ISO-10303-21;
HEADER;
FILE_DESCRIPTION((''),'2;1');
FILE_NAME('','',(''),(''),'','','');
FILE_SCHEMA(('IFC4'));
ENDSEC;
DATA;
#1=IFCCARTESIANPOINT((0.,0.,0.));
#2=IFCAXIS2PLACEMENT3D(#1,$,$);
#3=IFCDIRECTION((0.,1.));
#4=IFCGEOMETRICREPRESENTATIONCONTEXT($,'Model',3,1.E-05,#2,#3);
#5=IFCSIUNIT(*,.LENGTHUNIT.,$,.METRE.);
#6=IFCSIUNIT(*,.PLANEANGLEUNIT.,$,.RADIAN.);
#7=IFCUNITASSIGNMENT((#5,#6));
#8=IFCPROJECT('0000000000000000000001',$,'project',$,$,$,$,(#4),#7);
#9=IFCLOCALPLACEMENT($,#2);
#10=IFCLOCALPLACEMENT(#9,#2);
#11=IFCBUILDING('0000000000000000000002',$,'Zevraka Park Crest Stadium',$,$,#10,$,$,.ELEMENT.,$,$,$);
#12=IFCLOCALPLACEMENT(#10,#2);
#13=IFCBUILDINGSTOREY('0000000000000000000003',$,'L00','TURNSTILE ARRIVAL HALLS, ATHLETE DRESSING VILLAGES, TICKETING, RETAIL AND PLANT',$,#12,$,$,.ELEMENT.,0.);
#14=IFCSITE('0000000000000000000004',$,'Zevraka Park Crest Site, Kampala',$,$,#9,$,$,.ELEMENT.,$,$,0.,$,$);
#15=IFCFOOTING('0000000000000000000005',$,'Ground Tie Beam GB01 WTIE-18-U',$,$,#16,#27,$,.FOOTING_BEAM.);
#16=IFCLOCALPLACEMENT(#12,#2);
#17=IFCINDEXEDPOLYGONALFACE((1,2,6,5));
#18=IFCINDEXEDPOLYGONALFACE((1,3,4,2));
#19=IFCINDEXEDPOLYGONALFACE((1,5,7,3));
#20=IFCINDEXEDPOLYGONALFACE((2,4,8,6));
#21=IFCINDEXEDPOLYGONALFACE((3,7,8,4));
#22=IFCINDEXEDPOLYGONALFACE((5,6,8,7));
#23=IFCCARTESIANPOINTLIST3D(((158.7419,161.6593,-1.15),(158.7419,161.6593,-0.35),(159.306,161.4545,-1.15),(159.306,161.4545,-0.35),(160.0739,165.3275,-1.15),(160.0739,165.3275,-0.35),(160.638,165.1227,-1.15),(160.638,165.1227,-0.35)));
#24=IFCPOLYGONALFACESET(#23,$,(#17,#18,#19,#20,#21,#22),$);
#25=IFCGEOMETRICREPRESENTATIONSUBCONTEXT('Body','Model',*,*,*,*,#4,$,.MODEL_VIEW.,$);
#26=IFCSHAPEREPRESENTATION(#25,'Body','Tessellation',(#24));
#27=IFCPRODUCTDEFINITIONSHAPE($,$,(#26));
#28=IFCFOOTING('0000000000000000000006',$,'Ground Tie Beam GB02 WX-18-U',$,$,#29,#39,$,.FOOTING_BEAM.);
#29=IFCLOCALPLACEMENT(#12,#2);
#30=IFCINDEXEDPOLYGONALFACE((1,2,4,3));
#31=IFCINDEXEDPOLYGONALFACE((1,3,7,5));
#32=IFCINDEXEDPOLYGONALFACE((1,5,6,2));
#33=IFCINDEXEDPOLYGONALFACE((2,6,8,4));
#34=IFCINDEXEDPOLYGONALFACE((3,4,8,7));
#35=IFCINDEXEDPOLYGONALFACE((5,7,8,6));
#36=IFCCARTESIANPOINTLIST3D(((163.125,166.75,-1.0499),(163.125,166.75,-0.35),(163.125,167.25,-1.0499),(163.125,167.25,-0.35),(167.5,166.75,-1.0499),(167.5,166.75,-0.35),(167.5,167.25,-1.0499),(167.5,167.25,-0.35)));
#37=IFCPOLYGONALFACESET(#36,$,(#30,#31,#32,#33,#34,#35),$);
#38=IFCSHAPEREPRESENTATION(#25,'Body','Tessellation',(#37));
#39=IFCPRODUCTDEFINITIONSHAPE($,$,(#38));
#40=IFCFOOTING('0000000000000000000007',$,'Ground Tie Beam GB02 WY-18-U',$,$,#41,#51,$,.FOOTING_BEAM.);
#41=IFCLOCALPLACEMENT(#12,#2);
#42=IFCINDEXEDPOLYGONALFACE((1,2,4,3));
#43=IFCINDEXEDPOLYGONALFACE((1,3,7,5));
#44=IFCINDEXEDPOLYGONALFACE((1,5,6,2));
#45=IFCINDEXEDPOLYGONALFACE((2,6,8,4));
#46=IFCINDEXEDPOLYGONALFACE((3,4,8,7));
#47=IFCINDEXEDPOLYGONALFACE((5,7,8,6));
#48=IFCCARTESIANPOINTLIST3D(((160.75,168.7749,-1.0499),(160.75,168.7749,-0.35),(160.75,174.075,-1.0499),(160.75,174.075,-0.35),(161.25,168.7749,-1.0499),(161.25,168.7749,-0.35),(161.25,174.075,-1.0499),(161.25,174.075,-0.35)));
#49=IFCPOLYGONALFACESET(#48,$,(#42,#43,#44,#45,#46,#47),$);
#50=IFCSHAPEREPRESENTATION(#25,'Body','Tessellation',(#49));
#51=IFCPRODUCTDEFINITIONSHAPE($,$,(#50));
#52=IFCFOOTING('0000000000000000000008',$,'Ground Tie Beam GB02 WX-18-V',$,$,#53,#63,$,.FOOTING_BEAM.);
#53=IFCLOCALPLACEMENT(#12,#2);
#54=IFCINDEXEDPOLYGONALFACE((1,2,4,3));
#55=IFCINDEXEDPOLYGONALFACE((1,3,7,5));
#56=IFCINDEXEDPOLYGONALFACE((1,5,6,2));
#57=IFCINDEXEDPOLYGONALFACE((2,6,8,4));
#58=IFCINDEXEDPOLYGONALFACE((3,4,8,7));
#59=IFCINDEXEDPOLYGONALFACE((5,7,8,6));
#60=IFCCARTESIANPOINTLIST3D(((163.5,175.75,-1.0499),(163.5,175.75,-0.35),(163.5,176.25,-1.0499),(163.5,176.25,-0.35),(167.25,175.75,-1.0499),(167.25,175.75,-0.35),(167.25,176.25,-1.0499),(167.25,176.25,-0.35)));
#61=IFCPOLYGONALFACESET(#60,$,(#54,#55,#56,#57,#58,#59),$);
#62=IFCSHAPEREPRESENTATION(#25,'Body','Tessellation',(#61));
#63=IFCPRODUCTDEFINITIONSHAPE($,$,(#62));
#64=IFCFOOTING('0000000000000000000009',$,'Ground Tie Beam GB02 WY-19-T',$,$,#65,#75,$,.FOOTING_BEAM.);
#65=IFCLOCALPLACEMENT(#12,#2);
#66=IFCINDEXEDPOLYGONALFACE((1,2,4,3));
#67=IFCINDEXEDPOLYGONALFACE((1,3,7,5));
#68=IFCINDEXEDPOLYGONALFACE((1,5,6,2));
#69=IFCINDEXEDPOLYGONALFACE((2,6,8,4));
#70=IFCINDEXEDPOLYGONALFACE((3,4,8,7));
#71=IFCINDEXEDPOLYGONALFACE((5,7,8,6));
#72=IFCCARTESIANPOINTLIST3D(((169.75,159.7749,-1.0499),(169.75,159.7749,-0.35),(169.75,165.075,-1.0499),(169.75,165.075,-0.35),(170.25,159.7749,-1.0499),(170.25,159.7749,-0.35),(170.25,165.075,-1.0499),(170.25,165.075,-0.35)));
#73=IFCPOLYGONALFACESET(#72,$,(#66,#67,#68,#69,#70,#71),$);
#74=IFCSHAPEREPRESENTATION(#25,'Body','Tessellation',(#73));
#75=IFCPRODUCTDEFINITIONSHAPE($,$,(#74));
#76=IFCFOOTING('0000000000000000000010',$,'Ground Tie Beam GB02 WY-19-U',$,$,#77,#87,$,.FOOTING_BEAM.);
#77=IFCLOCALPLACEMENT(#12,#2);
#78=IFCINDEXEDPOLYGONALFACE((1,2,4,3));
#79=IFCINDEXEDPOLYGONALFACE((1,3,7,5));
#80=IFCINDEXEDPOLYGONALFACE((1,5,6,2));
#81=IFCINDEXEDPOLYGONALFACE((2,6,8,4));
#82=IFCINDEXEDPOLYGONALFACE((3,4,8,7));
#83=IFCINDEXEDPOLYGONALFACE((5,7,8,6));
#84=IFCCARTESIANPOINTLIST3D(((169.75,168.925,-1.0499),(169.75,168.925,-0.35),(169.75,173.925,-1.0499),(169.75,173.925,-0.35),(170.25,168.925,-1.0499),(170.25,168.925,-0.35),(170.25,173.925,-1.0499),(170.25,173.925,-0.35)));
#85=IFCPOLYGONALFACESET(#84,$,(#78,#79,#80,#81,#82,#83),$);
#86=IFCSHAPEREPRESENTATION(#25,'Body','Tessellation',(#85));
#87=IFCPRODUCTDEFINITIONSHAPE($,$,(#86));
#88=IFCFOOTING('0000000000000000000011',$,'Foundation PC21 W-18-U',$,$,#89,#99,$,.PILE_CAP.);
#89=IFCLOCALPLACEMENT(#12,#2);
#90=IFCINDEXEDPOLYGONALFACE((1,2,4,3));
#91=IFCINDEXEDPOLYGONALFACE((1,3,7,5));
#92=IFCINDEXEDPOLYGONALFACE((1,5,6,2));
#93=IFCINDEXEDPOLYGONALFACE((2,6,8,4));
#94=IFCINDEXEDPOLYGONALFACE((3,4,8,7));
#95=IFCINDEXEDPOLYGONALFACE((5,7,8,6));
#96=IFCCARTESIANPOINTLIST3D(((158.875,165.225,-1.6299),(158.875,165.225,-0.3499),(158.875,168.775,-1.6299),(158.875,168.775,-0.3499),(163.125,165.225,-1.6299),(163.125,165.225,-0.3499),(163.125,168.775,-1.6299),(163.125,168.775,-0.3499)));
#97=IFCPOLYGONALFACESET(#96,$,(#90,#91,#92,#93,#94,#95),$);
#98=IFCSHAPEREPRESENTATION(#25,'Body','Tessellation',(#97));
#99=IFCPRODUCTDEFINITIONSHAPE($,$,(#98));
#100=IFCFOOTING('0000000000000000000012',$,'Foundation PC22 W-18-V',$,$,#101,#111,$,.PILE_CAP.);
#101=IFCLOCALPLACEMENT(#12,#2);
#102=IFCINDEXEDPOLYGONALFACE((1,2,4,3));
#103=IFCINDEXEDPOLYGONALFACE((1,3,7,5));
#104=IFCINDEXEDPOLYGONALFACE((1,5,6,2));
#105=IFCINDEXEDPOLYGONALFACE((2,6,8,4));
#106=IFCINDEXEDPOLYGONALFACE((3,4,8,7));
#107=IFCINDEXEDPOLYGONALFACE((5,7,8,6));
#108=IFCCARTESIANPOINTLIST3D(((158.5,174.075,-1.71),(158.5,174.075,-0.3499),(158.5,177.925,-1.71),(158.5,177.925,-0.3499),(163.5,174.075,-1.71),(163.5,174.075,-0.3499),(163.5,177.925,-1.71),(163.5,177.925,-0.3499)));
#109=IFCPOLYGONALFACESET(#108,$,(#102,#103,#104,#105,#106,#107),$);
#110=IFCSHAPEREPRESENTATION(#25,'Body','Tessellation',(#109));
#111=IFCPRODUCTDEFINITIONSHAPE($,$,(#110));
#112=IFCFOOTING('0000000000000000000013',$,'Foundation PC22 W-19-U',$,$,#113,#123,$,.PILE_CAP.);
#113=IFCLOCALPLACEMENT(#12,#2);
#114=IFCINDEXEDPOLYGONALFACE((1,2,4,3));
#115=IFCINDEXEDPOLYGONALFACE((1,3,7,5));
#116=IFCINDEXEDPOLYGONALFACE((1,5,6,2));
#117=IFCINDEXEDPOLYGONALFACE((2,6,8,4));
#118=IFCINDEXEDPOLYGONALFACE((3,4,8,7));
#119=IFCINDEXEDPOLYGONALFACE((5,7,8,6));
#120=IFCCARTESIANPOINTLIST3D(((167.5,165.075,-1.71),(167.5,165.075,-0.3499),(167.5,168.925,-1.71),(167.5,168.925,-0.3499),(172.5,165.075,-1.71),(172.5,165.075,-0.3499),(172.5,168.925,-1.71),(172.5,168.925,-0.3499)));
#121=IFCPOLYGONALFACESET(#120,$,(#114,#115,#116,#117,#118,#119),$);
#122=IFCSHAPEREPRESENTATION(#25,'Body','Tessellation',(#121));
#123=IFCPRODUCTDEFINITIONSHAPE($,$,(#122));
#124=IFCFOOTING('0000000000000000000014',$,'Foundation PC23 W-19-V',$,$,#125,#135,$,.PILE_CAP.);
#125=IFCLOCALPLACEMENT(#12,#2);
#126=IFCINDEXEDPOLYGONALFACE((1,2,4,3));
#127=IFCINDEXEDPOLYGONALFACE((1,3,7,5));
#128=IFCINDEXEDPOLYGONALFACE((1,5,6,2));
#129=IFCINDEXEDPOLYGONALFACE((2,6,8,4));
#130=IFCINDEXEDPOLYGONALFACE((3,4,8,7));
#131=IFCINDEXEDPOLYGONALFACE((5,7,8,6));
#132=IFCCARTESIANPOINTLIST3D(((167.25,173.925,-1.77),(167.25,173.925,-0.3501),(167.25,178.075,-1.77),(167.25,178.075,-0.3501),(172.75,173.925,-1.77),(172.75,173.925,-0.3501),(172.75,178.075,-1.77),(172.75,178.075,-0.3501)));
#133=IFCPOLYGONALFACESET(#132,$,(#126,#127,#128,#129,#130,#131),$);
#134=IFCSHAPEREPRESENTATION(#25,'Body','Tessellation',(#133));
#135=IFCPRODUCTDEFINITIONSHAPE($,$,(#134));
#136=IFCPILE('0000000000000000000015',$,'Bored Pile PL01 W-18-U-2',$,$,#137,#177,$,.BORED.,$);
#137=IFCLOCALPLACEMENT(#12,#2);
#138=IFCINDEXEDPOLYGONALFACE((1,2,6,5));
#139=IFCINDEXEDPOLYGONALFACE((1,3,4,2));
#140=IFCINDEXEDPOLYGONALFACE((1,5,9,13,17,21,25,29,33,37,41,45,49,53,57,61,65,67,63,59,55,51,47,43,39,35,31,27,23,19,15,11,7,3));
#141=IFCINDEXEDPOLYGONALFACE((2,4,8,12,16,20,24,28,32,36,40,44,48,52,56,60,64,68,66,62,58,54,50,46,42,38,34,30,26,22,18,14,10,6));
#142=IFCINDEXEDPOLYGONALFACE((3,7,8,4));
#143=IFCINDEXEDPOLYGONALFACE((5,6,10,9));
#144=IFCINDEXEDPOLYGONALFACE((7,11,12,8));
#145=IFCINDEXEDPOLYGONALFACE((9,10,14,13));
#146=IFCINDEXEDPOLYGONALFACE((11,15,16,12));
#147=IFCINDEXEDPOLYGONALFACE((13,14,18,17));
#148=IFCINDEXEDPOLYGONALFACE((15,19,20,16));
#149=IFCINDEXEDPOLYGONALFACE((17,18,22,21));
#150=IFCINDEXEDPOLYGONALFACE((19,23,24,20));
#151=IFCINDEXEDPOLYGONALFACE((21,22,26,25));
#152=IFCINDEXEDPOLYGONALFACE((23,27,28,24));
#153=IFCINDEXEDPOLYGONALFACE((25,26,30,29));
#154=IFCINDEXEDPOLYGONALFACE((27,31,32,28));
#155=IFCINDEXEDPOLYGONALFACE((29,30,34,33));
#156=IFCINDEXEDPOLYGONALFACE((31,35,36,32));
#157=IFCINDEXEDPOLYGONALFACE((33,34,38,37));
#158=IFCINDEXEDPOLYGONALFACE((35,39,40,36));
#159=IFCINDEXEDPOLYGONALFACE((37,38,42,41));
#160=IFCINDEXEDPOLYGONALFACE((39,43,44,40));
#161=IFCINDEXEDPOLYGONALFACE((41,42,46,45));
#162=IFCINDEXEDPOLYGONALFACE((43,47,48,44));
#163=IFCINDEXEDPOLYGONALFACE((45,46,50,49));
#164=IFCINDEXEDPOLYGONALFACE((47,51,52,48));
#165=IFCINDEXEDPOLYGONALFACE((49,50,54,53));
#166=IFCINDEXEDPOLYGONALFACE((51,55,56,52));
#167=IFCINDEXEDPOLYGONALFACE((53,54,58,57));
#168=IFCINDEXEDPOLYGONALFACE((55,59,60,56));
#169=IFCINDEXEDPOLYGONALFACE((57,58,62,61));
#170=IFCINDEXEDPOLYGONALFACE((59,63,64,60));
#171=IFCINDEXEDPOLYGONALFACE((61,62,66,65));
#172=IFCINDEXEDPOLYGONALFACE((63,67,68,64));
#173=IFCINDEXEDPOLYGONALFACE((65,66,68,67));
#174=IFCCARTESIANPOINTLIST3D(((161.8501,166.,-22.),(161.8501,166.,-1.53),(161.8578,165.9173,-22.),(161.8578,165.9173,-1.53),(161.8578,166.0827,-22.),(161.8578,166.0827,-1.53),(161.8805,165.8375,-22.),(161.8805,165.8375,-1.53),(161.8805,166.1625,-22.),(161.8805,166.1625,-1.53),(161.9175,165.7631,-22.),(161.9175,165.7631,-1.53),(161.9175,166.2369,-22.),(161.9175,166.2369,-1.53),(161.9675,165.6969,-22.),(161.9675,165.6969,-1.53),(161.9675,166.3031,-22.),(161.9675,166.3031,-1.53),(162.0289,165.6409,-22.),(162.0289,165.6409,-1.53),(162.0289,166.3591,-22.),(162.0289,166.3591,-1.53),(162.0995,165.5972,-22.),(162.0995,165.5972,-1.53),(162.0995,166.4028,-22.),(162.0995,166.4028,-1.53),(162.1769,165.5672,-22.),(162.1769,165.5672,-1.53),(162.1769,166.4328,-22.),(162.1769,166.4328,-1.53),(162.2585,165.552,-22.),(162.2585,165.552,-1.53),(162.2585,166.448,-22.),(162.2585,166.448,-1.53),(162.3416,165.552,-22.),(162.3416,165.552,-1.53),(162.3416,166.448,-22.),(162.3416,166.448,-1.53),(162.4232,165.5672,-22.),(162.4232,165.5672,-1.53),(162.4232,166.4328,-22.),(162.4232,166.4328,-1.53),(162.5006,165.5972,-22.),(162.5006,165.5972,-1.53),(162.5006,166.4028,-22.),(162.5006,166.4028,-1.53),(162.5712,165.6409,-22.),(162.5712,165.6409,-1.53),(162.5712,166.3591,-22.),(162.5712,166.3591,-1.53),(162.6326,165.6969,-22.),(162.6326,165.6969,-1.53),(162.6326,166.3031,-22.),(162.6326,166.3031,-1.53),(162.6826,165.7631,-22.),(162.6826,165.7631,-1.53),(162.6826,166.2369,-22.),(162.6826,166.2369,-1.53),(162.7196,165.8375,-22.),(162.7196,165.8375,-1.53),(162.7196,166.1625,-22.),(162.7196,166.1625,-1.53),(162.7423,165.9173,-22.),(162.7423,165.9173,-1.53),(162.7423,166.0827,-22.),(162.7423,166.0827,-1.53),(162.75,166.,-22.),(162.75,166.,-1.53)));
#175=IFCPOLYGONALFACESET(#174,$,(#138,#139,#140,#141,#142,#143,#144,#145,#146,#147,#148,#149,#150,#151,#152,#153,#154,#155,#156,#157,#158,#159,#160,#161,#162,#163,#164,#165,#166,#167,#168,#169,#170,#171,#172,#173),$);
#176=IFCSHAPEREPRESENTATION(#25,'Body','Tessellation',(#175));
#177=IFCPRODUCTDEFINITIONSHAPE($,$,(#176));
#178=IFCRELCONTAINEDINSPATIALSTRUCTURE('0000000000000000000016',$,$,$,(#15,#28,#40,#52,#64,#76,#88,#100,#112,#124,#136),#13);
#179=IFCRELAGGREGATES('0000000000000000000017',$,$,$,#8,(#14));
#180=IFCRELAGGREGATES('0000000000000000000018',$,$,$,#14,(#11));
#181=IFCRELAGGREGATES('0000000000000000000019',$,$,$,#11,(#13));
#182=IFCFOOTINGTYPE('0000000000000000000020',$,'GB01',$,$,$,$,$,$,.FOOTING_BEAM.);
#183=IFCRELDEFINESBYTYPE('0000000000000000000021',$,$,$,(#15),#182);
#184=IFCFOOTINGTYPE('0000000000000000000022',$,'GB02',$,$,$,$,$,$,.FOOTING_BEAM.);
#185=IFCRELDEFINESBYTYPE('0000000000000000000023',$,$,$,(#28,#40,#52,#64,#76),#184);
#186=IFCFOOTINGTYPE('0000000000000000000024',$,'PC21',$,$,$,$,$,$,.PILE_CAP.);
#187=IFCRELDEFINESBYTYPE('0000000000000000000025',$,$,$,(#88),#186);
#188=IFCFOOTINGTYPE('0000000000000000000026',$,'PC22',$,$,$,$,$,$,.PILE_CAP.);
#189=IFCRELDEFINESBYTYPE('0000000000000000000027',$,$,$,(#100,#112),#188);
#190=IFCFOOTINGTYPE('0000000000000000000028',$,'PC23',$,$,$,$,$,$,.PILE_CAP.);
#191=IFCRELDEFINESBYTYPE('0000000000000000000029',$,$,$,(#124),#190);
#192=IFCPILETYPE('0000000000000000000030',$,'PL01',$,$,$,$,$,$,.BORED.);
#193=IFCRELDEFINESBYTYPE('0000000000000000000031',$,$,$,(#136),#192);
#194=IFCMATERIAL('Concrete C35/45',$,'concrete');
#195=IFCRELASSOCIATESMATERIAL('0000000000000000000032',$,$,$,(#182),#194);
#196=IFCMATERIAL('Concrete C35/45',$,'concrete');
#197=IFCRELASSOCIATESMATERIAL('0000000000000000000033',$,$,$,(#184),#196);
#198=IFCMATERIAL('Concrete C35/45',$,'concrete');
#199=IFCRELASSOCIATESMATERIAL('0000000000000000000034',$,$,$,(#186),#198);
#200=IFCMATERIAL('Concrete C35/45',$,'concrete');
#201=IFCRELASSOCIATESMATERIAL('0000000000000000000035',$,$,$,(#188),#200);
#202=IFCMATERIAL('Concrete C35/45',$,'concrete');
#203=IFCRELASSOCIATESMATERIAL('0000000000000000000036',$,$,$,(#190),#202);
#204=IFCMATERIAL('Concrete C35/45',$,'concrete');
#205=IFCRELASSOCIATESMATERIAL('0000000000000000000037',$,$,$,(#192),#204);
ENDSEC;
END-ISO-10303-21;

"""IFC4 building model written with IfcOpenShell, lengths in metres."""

from ifc_helpers import new_model, si_unit, direction, frame, origin, origin_2d, place, context, subcontext, project, spatial, rectangle, circle, extrude, material, material_profile, profile_set, type_object, element, save


model = new_model("IFC4")

# Units and contexts
model_context = context("Model", 3, precision=1e-05, world=origin(), true_north=direction((0.0, 1.0)))
body_context = subcontext(model_context, "Body", "Model", "MODEL_VIEW")
ifc_project = project(units=[si_unit("LENGTHUNIT", "METRE"), si_unit("PLANEANGLEUNIT", "RADIAN")], contexts=[model_context])

# Site, building, storey
site_placement = place(None, origin())
site = spatial("IfcSite", under=ifc_project, at=site_placement, Name="Zevraka Park Crest Site, Kampala", CompositionType="ELEMENT", RefElevation=0.0)
building_placement = place(site_placement, origin())
building = spatial("IfcBuilding", under=site, at=building_placement, Name="Zevraka Park Crest Stadium", CompositionType="ELEMENT")
storey_placement = place(building_placement, origin())
storey = spatial("IfcBuildingStorey", under=building, at=storey_placement, Name="L00", Description="TURNSTILE ARRIVAL HALLS, ATHLETE DRESSING VILLAGES, TICKETING, RETAIL AND PLANT", CompositionType="ELEMENT", Elevation=0.0)

# Footings
ifc_material_1 = material(Name="Concrete C35/45", Category="concrete")
ifc_material_profile_1 = material_profile(ifc_material_1, rectangle(XDim=0.6001, YDim=0.8, at=origin_2d()), Name="GB 800x600")
ifc_profile_set_1 = profile_set([ifc_material_profile_1], Name="Concrete C35/45")
footing_type_1 = type_object("IfcFootingType", Name="GB01", PredefinedType="FOOTING_BEAM", material=ifc_profile_set_1)
footing_1_placement = place(storey_placement, frame((160.356, 165.2251, -0.75), z_axis=(-0.341321, -0.939947, 0.0), x_axis=(0.939947, -0.341321, 0.0)))
element("IfcFooting", 1, at=footing_1_placement, inside=storey, type_object=footing_type_1, Name="Ground Tie Beam GB01 WTIE-18-U", PredefinedType="FOOTING_BEAM", context=body_context, shape_type="SweptSolid", body=[
    extrude(rectangle(XDim=0.6001, YDim=0.8, at=origin_2d()), origin(), (0.0, 0.0, 1.0), 3.9026),
])
ifc_material_2 = material(Name="Concrete C35/45", Category="concrete")
ifc_material_profile_2 = material_profile(ifc_material_2, rectangle(XDim=0.5, YDim=0.7, at=origin_2d()), Name="GB 700x500")
ifc_profile_set_2 = profile_set([ifc_material_profile_2], Name="Concrete C35/45")
footing_type_2 = type_object("IfcFootingType", Name="GB02", PredefinedType="FOOTING_BEAM", material=ifc_profile_set_2)
footing_2_placement = place(storey_placement, frame((163.125, 167.0, -0.7), z_axis=(1.0, 0.0, 0.0), x_axis=(0.0, 1.0, 0.0)))
element("IfcFooting", 2, at=footing_2_placement, inside=storey, type_object=footing_type_2, Name="Ground Tie Beam GB02 WX-18-U", PredefinedType="FOOTING_BEAM", context=body_context, shape_type="SweptSolid", body=[
    extrude(rectangle(XDim=0.5, YDim=0.7, at=origin_2d()), origin(), (0.0, 0.0, 1.0), 4.375),
])
footing_3_placement = place(storey_placement, frame((161.0, 168.7749, -0.7), z_axis=(0.0, 1.0, 0.0), x_axis=(-1.0, 0.0, 0.0)))
element("IfcFooting", 3, at=footing_3_placement, inside=storey, type_object=footing_type_2, Name="Ground Tie Beam GB02 WY-18-U", PredefinedType="FOOTING_BEAM", context=body_context, shape_type="SweptSolid", body=[
    extrude(rectangle(XDim=0.5, YDim=0.7, at=origin_2d()), origin(), (0.0, 0.0, 1.0), 5.3),
])
footing_4_placement = place(storey_placement, frame((163.5, 176.0, -0.7), z_axis=(1.0, 0.0, 0.0), x_axis=(0.0, 1.0, 0.0)))
element("IfcFooting", 4, at=footing_4_placement, inside=storey, type_object=footing_type_2, Name="Ground Tie Beam GB02 WX-18-V", PredefinedType="FOOTING_BEAM", context=body_context, shape_type="SweptSolid", body=[
    extrude(rectangle(XDim=0.5, YDim=0.7, at=origin_2d()), origin(), (0.0, 0.0, 1.0), 3.75),
])
footing_5_placement = place(storey_placement, frame((170.0, 159.7749, -0.7), z_axis=(0.0, 1.0, 0.0), x_axis=(-1.0, 0.0, 0.0)))
element("IfcFooting", 5, at=footing_5_placement, inside=storey, type_object=footing_type_2, Name="Ground Tie Beam GB02 WY-19-T", PredefinedType="FOOTING_BEAM", context=body_context, shape_type="SweptSolid", body=[
    extrude(rectangle(XDim=0.5, YDim=0.7, at=origin_2d()), origin(), (0.0, 0.0, 1.0), 5.3),
])
footing_6_placement = place(storey_placement, frame((170.0, 168.925, -0.7), z_axis=(0.0, 1.0, 0.0), x_axis=(-1.0, 0.0, 0.0)))
element("IfcFooting", 6, at=footing_6_placement, inside=storey, type_object=footing_type_2, Name="Ground Tie Beam GB02 WY-19-U", PredefinedType="FOOTING_BEAM", context=body_context, shape_type="SweptSolid", body=[
    extrude(rectangle(XDim=0.5, YDim=0.7, at=origin_2d()), origin(), (0.0, 0.0, 1.0), 5.0),
])
ifc_material_3 = material(Name="Concrete C35/45", Category="concrete")
footing_type_3 = type_object("IfcFootingType", Name="PC21", PredefinedType="PILE_CAP", material=ifc_material_3)
footing_7_placement = place(storey_placement, frame((161.0, 167.0, -1.6299), z_axis=(0.0, 0.0, 1.0), x_axis=(1.0, 0.0, 0.0)))
element("IfcFooting", 7, at=footing_7_placement, inside=storey, type_object=footing_type_3, Name="Foundation PC21 W-18-U", PredefinedType="PILE_CAP", context=body_context, shape_type="SweptSolid", body=[
    extrude(rectangle(XDim=4.25, YDim=3.55, at=origin_2d()), origin(), (0.0, 0.0, 1.0), 1.28),
])
ifc_material_4 = material(Name="Concrete C35/45", Category="concrete")
footing_type_4 = type_object("IfcFootingType", Name="PC22", PredefinedType="PILE_CAP", material=ifc_material_4)
for number, where, z_axis, x_axis, name in (
    (8, (161.0, 176.0, -1.71), (0.0, 0.0, 1.0), (1.0, 0.0, 0.0), "Foundation PC22 W-18-V"),
    (9, (170.0, 167.0, -1.71), (0.0, 0.0, 1.0), (1.0, 0.0, 0.0), "Foundation PC22 W-19-U"),
):
    element("IfcFooting", number, at=place(storey_placement, frame(where, z_axis=z_axis, x_axis=x_axis)), inside=storey, type_object=footing_type_4, Name=name, PredefinedType="PILE_CAP", context=body_context, shape_type="SweptSolid", body=[
        extrude(rectangle(XDim=5.0, YDim=3.8501, at=origin_2d()), origin(), (0.0, 0.0, 1.0), 1.3601),
    ])
ifc_material_5 = material(Name="Concrete C35/45", Category="concrete")
footing_type_5 = type_object("IfcFootingType", Name="PC23", PredefinedType="PILE_CAP", material=ifc_material_5)
footing_8_placement = place(storey_placement, frame((170.0, 176.0, -1.77), z_axis=(0.0, 0.0, 1.0), x_axis=(1.0, 0.0, 0.0)))
element("IfcFooting", 10, at=footing_8_placement, inside=storey, type_object=footing_type_5, Name="Foundation PC23 W-19-V", PredefinedType="PILE_CAP", context=body_context, shape_type="SweptSolid", body=[
    extrude(rectangle(XDim=5.5, YDim=4.1499, at=origin_2d()), origin(), (0.0, 0.0, 1.0), 1.4199),
])

# Pile
ifc_material_6 = material(Name="Concrete C35/45", Category="concrete")
ifc_material_profile_3 = material_profile(ifc_material_6, circle(Radius=0.45, at=origin_2d()), Name="PILE D900")
ifc_profile_set_3 = profile_set([ifc_material_profile_3], Name="Concrete C35/45")
pile_type_1 = type_object("IfcPileType", Name="PL01", PredefinedType="BORED", material=ifc_profile_set_3)
for number, where, z_axis, x_axis, name in (
    (11, (162.3, 166.0, -1.53), (0.0, 0.0, -1.0), (1.0, 0.0, 0.0), "Bored Pile PL01 W-18-U-2"),
):
    element("IfcPile", number, at=place(storey_placement, frame(where, z_axis=z_axis, x_axis=x_axis)), inside=storey, type_object=pile_type_1, Name=name, PredefinedType="BORED", context=body_context, shape_type="SweptSolid", body=[
        extrude(circle(Radius=0.45, at=origin_2d()), origin(), (0.0, 0.0, 1.0), 20.47),
    ])

save(model, "model.ifc")
